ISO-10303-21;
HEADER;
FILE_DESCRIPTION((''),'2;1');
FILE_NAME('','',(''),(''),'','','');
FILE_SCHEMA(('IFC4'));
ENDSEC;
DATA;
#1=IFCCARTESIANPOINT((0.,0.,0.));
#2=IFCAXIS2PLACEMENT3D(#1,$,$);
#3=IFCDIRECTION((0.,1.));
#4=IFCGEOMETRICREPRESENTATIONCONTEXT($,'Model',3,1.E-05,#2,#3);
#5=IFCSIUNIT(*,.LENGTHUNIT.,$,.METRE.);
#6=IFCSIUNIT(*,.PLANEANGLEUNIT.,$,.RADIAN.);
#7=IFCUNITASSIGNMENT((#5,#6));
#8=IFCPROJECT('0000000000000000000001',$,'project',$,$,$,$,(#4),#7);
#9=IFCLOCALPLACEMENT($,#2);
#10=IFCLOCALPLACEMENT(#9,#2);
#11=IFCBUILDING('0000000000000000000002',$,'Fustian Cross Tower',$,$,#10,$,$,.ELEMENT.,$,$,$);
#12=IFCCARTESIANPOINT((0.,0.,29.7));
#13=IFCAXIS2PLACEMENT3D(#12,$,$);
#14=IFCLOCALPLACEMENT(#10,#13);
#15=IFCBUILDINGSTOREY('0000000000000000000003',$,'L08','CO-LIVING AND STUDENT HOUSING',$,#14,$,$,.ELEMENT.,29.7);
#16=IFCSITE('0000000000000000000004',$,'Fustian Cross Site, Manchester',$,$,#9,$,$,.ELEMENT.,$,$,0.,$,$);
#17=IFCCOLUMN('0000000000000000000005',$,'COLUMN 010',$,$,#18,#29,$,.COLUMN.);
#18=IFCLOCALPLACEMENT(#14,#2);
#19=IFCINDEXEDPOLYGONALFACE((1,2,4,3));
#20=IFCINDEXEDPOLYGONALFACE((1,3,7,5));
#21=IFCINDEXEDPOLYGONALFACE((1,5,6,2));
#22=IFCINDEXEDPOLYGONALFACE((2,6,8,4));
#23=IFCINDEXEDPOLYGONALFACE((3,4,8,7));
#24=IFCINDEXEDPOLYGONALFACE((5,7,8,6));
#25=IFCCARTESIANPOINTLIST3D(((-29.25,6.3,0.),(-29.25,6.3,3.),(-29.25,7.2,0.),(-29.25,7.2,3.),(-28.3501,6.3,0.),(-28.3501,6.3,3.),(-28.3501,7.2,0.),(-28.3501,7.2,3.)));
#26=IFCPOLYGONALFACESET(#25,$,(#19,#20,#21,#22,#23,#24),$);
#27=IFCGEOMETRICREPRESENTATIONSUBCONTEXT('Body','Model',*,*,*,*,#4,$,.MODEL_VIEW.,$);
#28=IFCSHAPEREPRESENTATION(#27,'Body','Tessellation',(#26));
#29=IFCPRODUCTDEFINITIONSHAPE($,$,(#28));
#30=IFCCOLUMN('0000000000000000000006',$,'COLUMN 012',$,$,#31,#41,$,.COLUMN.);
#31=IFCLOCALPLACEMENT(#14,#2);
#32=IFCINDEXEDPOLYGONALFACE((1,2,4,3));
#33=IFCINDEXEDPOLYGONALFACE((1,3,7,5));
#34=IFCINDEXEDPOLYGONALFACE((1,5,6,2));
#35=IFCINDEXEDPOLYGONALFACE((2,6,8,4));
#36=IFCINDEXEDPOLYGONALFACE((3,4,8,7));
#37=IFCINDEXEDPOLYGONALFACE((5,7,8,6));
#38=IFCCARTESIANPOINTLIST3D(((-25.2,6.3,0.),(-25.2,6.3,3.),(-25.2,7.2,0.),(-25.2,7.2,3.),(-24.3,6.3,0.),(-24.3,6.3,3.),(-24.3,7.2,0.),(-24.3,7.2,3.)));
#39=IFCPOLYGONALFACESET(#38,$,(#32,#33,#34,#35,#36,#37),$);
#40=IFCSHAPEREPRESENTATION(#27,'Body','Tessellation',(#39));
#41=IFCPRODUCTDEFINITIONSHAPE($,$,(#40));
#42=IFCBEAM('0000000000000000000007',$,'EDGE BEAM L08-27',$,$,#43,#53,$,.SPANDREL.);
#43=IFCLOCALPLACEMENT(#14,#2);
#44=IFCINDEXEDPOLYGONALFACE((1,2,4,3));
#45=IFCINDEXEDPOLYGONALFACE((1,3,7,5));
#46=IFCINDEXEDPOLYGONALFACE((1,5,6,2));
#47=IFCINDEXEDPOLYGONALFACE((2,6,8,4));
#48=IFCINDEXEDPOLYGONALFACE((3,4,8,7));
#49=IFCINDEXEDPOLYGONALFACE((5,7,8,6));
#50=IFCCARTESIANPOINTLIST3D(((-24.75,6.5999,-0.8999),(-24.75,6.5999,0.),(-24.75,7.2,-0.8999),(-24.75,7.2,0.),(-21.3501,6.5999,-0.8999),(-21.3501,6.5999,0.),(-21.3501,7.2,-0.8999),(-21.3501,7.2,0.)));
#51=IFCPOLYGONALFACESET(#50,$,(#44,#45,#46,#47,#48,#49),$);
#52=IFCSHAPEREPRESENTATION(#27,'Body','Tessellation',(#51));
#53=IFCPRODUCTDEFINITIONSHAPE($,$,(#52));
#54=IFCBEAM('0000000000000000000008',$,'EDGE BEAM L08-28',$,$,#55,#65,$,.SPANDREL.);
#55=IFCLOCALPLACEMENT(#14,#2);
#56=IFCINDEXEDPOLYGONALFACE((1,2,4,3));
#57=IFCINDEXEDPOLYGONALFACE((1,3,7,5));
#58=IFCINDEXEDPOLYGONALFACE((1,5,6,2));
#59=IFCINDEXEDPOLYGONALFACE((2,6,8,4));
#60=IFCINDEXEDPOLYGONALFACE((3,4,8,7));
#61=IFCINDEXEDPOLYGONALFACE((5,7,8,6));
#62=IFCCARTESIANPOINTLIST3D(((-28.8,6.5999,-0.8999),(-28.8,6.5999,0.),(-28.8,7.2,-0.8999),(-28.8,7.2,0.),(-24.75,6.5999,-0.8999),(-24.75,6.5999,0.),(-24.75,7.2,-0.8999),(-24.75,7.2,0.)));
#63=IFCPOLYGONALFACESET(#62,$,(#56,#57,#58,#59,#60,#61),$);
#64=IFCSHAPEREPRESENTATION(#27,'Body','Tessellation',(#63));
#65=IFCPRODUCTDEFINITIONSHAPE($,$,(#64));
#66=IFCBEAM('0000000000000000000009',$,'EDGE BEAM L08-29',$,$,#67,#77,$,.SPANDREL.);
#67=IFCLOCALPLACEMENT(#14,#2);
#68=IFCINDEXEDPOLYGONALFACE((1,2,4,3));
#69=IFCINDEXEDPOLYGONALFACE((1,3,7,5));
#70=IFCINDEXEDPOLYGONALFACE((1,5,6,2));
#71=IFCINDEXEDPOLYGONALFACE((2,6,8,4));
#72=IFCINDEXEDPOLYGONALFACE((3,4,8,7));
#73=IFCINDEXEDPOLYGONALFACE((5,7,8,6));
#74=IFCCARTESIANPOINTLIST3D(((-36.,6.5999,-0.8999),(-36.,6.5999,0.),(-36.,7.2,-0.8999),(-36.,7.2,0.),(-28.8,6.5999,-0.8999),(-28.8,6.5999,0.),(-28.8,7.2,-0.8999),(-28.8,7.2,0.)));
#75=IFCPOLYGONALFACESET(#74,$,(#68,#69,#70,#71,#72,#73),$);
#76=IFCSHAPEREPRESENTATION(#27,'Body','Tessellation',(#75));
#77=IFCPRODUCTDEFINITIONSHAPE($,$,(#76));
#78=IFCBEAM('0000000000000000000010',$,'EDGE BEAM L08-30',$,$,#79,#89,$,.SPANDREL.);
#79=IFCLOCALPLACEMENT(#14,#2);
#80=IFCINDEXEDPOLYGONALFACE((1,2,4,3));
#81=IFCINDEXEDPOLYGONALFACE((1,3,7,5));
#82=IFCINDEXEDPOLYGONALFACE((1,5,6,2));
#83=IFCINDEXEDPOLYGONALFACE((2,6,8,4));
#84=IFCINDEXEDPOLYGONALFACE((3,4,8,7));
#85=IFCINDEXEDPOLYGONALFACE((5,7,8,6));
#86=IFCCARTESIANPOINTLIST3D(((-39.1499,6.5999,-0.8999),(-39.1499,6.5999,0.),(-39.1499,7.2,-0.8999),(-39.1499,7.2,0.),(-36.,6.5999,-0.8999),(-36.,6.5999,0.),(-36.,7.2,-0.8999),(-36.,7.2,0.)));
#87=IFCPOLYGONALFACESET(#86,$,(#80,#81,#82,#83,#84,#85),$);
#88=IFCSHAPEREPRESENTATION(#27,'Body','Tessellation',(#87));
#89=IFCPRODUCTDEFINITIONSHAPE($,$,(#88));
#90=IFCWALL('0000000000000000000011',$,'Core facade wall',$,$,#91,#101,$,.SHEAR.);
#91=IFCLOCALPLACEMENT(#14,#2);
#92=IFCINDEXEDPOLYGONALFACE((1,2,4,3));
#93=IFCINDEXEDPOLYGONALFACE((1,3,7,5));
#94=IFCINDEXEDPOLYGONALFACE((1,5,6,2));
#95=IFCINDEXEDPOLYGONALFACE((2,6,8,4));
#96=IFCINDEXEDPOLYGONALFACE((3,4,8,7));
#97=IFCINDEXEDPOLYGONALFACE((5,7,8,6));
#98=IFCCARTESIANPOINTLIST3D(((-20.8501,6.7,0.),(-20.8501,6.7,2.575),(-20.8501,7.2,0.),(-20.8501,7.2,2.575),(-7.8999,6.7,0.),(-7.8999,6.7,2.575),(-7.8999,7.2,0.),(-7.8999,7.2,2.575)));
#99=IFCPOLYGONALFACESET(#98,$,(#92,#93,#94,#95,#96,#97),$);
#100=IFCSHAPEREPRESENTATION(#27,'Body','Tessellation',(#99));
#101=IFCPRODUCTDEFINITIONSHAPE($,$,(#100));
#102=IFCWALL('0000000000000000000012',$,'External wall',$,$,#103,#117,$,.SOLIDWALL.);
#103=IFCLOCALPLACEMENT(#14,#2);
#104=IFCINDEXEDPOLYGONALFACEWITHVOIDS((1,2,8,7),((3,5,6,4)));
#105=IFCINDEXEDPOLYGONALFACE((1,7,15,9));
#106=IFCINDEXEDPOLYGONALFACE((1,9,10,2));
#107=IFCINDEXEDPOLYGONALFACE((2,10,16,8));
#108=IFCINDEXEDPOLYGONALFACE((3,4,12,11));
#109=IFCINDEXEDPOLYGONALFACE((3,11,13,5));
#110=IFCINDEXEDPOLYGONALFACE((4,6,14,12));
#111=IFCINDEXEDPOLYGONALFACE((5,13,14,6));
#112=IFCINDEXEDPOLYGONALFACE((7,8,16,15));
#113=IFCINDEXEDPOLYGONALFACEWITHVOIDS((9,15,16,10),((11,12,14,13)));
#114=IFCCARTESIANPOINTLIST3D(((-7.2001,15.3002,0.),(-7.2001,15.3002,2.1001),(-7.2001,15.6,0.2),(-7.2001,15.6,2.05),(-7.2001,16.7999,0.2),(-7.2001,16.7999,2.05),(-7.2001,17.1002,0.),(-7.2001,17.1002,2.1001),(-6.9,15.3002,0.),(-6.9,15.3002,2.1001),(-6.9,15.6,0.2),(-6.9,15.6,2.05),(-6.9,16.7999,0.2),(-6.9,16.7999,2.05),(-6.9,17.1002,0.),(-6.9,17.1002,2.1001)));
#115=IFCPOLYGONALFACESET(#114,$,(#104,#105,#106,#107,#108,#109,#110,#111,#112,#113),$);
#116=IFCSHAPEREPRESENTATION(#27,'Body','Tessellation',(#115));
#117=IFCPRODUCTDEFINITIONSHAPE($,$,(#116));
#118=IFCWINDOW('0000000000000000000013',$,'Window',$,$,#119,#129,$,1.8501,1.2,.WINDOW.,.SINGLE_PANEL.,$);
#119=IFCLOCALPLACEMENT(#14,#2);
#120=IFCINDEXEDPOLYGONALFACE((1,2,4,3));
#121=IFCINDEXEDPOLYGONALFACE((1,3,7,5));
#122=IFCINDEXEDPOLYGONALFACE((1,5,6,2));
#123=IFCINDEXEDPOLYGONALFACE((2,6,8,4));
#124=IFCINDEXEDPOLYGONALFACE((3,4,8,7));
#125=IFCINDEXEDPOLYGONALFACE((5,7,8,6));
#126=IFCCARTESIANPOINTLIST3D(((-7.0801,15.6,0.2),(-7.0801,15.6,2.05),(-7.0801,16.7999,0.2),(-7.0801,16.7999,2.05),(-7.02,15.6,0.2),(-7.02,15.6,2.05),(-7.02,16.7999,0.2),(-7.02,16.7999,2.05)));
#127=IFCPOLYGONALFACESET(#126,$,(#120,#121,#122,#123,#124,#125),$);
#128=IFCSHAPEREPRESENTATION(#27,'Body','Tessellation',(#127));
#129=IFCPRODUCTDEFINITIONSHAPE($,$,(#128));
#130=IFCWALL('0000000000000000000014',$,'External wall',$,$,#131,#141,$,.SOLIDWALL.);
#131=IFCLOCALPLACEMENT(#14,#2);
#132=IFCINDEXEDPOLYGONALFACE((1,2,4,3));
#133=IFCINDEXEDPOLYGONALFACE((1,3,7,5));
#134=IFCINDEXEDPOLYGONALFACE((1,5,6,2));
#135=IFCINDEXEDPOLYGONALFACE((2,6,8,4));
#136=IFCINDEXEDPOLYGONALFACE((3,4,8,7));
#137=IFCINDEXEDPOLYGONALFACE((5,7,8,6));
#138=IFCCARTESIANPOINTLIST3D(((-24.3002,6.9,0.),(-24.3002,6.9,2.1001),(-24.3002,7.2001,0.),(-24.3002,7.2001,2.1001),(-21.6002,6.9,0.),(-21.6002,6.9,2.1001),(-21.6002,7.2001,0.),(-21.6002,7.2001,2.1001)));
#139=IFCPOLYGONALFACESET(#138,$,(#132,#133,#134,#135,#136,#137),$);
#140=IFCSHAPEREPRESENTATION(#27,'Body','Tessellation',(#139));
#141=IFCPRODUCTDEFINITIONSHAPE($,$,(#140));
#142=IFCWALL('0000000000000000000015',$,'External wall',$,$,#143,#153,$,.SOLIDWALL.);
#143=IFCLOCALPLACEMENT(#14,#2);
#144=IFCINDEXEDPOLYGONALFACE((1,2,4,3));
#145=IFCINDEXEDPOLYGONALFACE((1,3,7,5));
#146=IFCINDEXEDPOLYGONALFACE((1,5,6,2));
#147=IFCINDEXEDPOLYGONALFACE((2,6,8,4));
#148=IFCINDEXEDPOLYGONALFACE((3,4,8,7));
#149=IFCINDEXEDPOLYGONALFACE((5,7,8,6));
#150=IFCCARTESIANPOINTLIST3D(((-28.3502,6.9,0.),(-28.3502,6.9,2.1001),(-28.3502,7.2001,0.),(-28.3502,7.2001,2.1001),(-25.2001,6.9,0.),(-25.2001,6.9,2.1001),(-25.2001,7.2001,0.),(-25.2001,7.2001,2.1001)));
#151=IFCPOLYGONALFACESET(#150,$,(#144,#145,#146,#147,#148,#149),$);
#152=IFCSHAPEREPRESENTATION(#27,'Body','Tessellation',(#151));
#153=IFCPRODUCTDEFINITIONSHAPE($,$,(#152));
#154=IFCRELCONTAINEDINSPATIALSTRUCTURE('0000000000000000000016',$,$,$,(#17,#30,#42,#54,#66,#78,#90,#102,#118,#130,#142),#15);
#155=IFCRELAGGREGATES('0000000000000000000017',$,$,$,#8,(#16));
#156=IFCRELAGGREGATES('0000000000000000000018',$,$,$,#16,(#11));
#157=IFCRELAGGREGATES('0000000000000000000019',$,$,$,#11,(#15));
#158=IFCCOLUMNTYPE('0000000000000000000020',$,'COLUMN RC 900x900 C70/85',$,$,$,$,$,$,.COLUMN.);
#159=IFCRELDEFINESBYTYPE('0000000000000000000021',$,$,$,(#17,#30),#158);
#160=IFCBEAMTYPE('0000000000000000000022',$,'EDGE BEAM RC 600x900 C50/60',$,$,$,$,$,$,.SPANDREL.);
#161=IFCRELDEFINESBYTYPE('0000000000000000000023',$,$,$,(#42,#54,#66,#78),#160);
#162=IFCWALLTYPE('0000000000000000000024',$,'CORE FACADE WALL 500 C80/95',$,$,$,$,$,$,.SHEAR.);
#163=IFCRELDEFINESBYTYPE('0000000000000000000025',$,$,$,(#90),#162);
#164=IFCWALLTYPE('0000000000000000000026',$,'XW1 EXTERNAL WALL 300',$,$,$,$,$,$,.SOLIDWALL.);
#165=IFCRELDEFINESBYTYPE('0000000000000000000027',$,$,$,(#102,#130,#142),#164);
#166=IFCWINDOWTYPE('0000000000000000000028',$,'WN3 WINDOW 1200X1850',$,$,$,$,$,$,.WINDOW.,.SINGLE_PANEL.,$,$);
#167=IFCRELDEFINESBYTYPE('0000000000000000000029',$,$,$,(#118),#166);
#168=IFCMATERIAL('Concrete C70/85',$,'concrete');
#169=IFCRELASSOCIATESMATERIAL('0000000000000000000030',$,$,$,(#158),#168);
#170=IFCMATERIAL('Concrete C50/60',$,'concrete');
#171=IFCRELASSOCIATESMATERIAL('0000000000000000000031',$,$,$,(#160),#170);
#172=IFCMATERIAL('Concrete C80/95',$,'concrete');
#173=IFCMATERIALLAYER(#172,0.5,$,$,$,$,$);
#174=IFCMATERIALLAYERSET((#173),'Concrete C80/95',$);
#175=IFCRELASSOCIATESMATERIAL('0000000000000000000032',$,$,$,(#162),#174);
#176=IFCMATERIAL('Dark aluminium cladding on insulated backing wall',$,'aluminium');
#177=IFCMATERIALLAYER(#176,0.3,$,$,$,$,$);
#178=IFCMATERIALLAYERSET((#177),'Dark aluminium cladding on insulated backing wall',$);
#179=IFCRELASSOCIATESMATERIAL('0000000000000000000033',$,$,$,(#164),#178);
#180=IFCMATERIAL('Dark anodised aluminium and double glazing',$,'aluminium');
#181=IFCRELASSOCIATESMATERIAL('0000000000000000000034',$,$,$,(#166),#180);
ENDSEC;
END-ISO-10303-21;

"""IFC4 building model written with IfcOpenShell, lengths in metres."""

from ifc_helpers import new_model, si_unit, direction, frame, frame_2d, origin, origin_2d, place, context, subcontext, project, spatial, rectangle, extrude, material, layer, layer_set, material_profile, profile_set, type_object, element, fill, save


model = new_model("IFC4")

# Units and contexts
model_context = context("Model", 3, precision=1e-05, world=origin(), true_north=direction((0.0, 1.0)))
body_context = subcontext(model_context, "Body", "Model", "MODEL_VIEW")
ifc_project = project(units=[si_unit("LENGTHUNIT", "METRE"), si_unit("PLANEANGLEUNIT", "RADIAN")], contexts=[model_context])

# Site, building, storey
site_placement = place(None, origin())
site = spatial("IfcSite", under=ifc_project, at=site_placement, Name="Fustian Cross Site, Manchester", CompositionType="ELEMENT", RefElevation=0.0)
building_placement = place(site_placement, origin())
building = spatial("IfcBuilding", under=site, at=building_placement, Name="Fustian Cross Tower", CompositionType="ELEMENT")
storey_placement = place(building_placement, frame((0.0, 0.0, 29.7)))
storey = spatial("IfcBuildingStorey", under=building, at=storey_placement, Name="L08", Description="CO-LIVING AND STUDENT HOUSING", CompositionType="ELEMENT", Elevation=29.7)

# Columns
ifc_material_1 = material(Name="Concrete C70/85", Category="concrete")
ifc_material_profile_1 = material_profile(ifc_material_1, rectangle(XDim=0.8999, YDim=0.8999, at=origin_2d()), Name="RC 900x900")
ifc_profile_set_1 = profile_set([ifc_material_profile_1], Name="Concrete C70/85")
column_type = type_object("IfcColumnType", Name="COLUMN RC 900x900 C70/85", PredefinedType="COLUMN", material=ifc_profile_set_1)
for number, where, z_axis, x_axis, name in (
    (1, (-28.8, 6.75, 0.0), (0.0, 0.0, 1.0), (1.0, 0.0, 0.0), "COLUMN 010"),
    (2, (-24.75, 6.75, 0.0), (0.0, 0.0, 1.0), (1.0, 0.0, 0.0), "COLUMN 012"),
):
    element("IfcColumn", number, at=place(storey_placement, frame(where, z_axis=z_axis, x_axis=x_axis)), inside=storey, type_object=column_type, Name=name, PredefinedType="COLUMN", context=body_context, shape_type="SweptSolid", body=[
        extrude(rectangle(XDim=0.8999, YDim=0.8999, at=origin_2d()), origin(), (0.0, 0.0, 1.0), 3.0),
    ])

# Beams
ifc_material_2 = material(Name="Concrete C50/60", Category="concrete")
ifc_material_profile_2 = material_profile(ifc_material_2, rectangle(XDim=0.6001, YDim=0.8999, at=origin_2d()), Name="RC 600x900")
ifc_profile_set_2 = profile_set([ifc_material_profile_2], Name="Concrete C50/60")
beam_type = type_object("IfcBeamType", Name="EDGE BEAM RC 600x900 C50/60", PredefinedType="SPANDREL", material=ifc_profile_set_2)
beam_1_placement = place(storey_placement, frame((-21.3501, 6.8999, -0.45), z_axis=(-1.0, 0.0, 0.0), x_axis=(0.0, -1.0, 0.0)))
element("IfcBeam", 3, at=beam_1_placement, inside=storey, type_object=beam_type, Name="EDGE BEAM L08-27", PredefinedType="SPANDREL", context=body_context, shape_type="SweptSolid", body=[
    extrude(rectangle(XDim=0.6001, YDim=0.8999, at=origin_2d()), origin(), (0.0, 0.0, 1.0), 3.3999),
])
beam_2_placement = place(storey_placement, frame((-24.75, 6.8999, -0.45), z_axis=(-1.0, 0.0, 0.0), x_axis=(0.0, -1.0, 0.0)))
element("IfcBeam", 4, at=beam_2_placement, inside=storey, type_object=beam_type, Name="EDGE BEAM L08-28", PredefinedType="SPANDREL", context=body_context, shape_type="SweptSolid", body=[
    extrude(rectangle(XDim=0.6001, YDim=0.8999, at=origin_2d()), origin(), (0.0, 0.0, 1.0), 4.05),
])
beam_3_placement = place(storey_placement, frame((-28.8, 6.8999, -0.45), z_axis=(-1.0, 0.0, 0.0), x_axis=(0.0, -1.0, 0.0)))
element("IfcBeam", 5, at=beam_3_placement, inside=storey, type_object=beam_type, Name="EDGE BEAM L08-29", PredefinedType="SPANDREL", context=body_context, shape_type="SweptSolid", body=[
    extrude(rectangle(XDim=0.6001, YDim=0.8999, at=origin_2d()), origin(), (0.0, 0.0, 1.0), 7.2),
])
beam_4_placement = place(storey_placement, frame((-36.0, 6.8999, -0.45), z_axis=(-1.0, 0.0, 0.0), x_axis=(0.0, -1.0, 0.0)))
element("IfcBeam", 6, at=beam_4_placement, inside=storey, type_object=beam_type, Name="EDGE BEAM L08-30", PredefinedType="SPANDREL", context=body_context, shape_type="SweptSolid", body=[
    extrude(rectangle(XDim=0.6001, YDim=0.8999, at=origin_2d()), origin(), (0.0, 0.0, 1.0), 3.1499),
])

# Wall
ifc_material_3 = material(Name="Concrete C80/95", Category="concrete")
ifc_layer_1 = layer(ifc_material_3, 0.5)
ifc_layer_set_1 = layer_set([ifc_layer_1], Name="Concrete C80/95")
wall_type_1 = type_object("IfcWallType", Name="CORE FACADE WALL 500 C80/95", PredefinedType="SHEAR", material=ifc_layer_set_1)
wall_1_placement = place(storey_placement, frame((-7.8999, 6.95, 0.0), z_axis=(0.0, 0.0, 1.0), x_axis=(-1.0, 0.0, 0.0)))
element("IfcWall", 7, at=wall_1_placement, inside=storey, type_object=wall_type_1, Name="Core facade wall", PredefinedType="SHEAR", context=body_context, shape_type="SweptSolid", body=[
    extrude(rectangle(XDim=12.9502, YDim=0.5, at=frame_2d((6.4751, 0.0))), origin(), (0.0, 0.0, 1.0), 2.575),
])

# Wall, opening, window
ifc_material_4 = material(Name="Dark aluminium cladding on insulated backing wall", Category="aluminium")
ifc_layer_2 = layer(ifc_material_4, 0.3)
ifc_layer_set_2 = layer_set([ifc_layer_2], Name="Dark aluminium cladding on insulated backing wall")
wall_type_2 = type_object("IfcWallType", Name="XW1 EXTERNAL WALL 300", PredefinedType="SOLIDWALL", material=ifc_layer_set_2)
wall_2_placement = place(storey_placement, frame((-7.05, 17.1001, 0.0), z_axis=(0.0, 0.0, 1.0), x_axis=(0.0, -1.0, 0.0)))
wall_2 = element("IfcWall", 8, at=wall_2_placement, inside=storey, type_object=wall_type_2, Name="External wall", PredefinedType="SOLIDWALL", context=body_context, shape_type="SweptSolid", body=[
    extrude(rectangle(XDim=1.8, YDim=0.3, at=frame_2d((0.8999, 0.0))), origin(), (0.0, 0.0, 1.0), 2.1001),
])
opening_1_placement = place(wall_2_placement, frame((0.3, 0.0, 0.2)))
opening_1 = element("IfcOpeningElement", 9, at=opening_1_placement, cuts=wall_2, PredefinedType="OPENING", context=body_context, shape_type="SweptSolid", body=[
    extrude(rectangle(XDim=1.2, YDim=1.8501, at=frame_2d((0.6001, 0.925))), frame((0.0, 0.1599, 0.0), z_axis=(0.0, -1.0, 0.0), x_axis=(1.0, 0.0, 0.0)), (0.0, 0.0, 1.0), 0.3201),
])
ifc_material_5 = material(Name="Dark anodised aluminium and double glazing", Category="aluminium")
window_type = type_object("IfcWindowType", Name="WN3 WINDOW 1200X1850", PartitioningType="SINGLE_PANEL", PredefinedType="WINDOW", material=ifc_material_5)
window_1_placement = place(opening_1_placement, origin())
window_1 = element("IfcWindow", 10, at=window_1_placement, inside=storey, type_object=window_type, Name="Window", OverallHeight=1.8501, OverallWidth=1.2, PartitioningType="SINGLE_PANEL", PredefinedType="WINDOW", context=body_context, shape_type="SweptSolid", body=[
    extrude(rectangle(XDim=1.2, YDim=1.8501, at=frame_2d((0.6001, 0.925))), frame((0.0, 0.03, 0.0), z_axis=(0.0, -1.0, 0.0), x_axis=(1.0, 0.0, 0.0)), (0.0, 0.0, 1.0), 0.0601),
])
fill(opening_1, window_1)

# Walls
wall_3_placement = place(storey_placement, frame((-21.6001, 7.05, 0.0), z_axis=(0.0, 0.0, 1.0), x_axis=(-1.0, 0.0, 0.0)))
element("IfcWall", 11, at=wall_3_placement, inside=storey, type_object=wall_type_2, Name="External wall", PredefinedType="SOLIDWALL", context=body_context, shape_type="SweptSolid", body=[
    extrude(rectangle(XDim=2.7, YDim=0.3, at=frame_2d((1.3501, 0.0))), origin(), (0.0, 0.0, 1.0), 2.1001),
])
wall_4_placement = place(storey_placement, frame((-25.2, 7.05, 0.0), z_axis=(0.0, 0.0, 1.0), x_axis=(-1.0, 0.0, 0.0)))
element("IfcWall", 12, at=wall_4_placement, inside=storey, type_object=wall_type_2, Name="External wall", PredefinedType="SOLIDWALL", context=body_context, shape_type="SweptSolid", body=[
    extrude(rectangle(XDim=3.1501, YDim=0.3, at=frame_2d((1.5752, 0.0))), origin(), (0.0, 0.0, 1.0), 2.1001),
])

save(model, "model.ifc")
